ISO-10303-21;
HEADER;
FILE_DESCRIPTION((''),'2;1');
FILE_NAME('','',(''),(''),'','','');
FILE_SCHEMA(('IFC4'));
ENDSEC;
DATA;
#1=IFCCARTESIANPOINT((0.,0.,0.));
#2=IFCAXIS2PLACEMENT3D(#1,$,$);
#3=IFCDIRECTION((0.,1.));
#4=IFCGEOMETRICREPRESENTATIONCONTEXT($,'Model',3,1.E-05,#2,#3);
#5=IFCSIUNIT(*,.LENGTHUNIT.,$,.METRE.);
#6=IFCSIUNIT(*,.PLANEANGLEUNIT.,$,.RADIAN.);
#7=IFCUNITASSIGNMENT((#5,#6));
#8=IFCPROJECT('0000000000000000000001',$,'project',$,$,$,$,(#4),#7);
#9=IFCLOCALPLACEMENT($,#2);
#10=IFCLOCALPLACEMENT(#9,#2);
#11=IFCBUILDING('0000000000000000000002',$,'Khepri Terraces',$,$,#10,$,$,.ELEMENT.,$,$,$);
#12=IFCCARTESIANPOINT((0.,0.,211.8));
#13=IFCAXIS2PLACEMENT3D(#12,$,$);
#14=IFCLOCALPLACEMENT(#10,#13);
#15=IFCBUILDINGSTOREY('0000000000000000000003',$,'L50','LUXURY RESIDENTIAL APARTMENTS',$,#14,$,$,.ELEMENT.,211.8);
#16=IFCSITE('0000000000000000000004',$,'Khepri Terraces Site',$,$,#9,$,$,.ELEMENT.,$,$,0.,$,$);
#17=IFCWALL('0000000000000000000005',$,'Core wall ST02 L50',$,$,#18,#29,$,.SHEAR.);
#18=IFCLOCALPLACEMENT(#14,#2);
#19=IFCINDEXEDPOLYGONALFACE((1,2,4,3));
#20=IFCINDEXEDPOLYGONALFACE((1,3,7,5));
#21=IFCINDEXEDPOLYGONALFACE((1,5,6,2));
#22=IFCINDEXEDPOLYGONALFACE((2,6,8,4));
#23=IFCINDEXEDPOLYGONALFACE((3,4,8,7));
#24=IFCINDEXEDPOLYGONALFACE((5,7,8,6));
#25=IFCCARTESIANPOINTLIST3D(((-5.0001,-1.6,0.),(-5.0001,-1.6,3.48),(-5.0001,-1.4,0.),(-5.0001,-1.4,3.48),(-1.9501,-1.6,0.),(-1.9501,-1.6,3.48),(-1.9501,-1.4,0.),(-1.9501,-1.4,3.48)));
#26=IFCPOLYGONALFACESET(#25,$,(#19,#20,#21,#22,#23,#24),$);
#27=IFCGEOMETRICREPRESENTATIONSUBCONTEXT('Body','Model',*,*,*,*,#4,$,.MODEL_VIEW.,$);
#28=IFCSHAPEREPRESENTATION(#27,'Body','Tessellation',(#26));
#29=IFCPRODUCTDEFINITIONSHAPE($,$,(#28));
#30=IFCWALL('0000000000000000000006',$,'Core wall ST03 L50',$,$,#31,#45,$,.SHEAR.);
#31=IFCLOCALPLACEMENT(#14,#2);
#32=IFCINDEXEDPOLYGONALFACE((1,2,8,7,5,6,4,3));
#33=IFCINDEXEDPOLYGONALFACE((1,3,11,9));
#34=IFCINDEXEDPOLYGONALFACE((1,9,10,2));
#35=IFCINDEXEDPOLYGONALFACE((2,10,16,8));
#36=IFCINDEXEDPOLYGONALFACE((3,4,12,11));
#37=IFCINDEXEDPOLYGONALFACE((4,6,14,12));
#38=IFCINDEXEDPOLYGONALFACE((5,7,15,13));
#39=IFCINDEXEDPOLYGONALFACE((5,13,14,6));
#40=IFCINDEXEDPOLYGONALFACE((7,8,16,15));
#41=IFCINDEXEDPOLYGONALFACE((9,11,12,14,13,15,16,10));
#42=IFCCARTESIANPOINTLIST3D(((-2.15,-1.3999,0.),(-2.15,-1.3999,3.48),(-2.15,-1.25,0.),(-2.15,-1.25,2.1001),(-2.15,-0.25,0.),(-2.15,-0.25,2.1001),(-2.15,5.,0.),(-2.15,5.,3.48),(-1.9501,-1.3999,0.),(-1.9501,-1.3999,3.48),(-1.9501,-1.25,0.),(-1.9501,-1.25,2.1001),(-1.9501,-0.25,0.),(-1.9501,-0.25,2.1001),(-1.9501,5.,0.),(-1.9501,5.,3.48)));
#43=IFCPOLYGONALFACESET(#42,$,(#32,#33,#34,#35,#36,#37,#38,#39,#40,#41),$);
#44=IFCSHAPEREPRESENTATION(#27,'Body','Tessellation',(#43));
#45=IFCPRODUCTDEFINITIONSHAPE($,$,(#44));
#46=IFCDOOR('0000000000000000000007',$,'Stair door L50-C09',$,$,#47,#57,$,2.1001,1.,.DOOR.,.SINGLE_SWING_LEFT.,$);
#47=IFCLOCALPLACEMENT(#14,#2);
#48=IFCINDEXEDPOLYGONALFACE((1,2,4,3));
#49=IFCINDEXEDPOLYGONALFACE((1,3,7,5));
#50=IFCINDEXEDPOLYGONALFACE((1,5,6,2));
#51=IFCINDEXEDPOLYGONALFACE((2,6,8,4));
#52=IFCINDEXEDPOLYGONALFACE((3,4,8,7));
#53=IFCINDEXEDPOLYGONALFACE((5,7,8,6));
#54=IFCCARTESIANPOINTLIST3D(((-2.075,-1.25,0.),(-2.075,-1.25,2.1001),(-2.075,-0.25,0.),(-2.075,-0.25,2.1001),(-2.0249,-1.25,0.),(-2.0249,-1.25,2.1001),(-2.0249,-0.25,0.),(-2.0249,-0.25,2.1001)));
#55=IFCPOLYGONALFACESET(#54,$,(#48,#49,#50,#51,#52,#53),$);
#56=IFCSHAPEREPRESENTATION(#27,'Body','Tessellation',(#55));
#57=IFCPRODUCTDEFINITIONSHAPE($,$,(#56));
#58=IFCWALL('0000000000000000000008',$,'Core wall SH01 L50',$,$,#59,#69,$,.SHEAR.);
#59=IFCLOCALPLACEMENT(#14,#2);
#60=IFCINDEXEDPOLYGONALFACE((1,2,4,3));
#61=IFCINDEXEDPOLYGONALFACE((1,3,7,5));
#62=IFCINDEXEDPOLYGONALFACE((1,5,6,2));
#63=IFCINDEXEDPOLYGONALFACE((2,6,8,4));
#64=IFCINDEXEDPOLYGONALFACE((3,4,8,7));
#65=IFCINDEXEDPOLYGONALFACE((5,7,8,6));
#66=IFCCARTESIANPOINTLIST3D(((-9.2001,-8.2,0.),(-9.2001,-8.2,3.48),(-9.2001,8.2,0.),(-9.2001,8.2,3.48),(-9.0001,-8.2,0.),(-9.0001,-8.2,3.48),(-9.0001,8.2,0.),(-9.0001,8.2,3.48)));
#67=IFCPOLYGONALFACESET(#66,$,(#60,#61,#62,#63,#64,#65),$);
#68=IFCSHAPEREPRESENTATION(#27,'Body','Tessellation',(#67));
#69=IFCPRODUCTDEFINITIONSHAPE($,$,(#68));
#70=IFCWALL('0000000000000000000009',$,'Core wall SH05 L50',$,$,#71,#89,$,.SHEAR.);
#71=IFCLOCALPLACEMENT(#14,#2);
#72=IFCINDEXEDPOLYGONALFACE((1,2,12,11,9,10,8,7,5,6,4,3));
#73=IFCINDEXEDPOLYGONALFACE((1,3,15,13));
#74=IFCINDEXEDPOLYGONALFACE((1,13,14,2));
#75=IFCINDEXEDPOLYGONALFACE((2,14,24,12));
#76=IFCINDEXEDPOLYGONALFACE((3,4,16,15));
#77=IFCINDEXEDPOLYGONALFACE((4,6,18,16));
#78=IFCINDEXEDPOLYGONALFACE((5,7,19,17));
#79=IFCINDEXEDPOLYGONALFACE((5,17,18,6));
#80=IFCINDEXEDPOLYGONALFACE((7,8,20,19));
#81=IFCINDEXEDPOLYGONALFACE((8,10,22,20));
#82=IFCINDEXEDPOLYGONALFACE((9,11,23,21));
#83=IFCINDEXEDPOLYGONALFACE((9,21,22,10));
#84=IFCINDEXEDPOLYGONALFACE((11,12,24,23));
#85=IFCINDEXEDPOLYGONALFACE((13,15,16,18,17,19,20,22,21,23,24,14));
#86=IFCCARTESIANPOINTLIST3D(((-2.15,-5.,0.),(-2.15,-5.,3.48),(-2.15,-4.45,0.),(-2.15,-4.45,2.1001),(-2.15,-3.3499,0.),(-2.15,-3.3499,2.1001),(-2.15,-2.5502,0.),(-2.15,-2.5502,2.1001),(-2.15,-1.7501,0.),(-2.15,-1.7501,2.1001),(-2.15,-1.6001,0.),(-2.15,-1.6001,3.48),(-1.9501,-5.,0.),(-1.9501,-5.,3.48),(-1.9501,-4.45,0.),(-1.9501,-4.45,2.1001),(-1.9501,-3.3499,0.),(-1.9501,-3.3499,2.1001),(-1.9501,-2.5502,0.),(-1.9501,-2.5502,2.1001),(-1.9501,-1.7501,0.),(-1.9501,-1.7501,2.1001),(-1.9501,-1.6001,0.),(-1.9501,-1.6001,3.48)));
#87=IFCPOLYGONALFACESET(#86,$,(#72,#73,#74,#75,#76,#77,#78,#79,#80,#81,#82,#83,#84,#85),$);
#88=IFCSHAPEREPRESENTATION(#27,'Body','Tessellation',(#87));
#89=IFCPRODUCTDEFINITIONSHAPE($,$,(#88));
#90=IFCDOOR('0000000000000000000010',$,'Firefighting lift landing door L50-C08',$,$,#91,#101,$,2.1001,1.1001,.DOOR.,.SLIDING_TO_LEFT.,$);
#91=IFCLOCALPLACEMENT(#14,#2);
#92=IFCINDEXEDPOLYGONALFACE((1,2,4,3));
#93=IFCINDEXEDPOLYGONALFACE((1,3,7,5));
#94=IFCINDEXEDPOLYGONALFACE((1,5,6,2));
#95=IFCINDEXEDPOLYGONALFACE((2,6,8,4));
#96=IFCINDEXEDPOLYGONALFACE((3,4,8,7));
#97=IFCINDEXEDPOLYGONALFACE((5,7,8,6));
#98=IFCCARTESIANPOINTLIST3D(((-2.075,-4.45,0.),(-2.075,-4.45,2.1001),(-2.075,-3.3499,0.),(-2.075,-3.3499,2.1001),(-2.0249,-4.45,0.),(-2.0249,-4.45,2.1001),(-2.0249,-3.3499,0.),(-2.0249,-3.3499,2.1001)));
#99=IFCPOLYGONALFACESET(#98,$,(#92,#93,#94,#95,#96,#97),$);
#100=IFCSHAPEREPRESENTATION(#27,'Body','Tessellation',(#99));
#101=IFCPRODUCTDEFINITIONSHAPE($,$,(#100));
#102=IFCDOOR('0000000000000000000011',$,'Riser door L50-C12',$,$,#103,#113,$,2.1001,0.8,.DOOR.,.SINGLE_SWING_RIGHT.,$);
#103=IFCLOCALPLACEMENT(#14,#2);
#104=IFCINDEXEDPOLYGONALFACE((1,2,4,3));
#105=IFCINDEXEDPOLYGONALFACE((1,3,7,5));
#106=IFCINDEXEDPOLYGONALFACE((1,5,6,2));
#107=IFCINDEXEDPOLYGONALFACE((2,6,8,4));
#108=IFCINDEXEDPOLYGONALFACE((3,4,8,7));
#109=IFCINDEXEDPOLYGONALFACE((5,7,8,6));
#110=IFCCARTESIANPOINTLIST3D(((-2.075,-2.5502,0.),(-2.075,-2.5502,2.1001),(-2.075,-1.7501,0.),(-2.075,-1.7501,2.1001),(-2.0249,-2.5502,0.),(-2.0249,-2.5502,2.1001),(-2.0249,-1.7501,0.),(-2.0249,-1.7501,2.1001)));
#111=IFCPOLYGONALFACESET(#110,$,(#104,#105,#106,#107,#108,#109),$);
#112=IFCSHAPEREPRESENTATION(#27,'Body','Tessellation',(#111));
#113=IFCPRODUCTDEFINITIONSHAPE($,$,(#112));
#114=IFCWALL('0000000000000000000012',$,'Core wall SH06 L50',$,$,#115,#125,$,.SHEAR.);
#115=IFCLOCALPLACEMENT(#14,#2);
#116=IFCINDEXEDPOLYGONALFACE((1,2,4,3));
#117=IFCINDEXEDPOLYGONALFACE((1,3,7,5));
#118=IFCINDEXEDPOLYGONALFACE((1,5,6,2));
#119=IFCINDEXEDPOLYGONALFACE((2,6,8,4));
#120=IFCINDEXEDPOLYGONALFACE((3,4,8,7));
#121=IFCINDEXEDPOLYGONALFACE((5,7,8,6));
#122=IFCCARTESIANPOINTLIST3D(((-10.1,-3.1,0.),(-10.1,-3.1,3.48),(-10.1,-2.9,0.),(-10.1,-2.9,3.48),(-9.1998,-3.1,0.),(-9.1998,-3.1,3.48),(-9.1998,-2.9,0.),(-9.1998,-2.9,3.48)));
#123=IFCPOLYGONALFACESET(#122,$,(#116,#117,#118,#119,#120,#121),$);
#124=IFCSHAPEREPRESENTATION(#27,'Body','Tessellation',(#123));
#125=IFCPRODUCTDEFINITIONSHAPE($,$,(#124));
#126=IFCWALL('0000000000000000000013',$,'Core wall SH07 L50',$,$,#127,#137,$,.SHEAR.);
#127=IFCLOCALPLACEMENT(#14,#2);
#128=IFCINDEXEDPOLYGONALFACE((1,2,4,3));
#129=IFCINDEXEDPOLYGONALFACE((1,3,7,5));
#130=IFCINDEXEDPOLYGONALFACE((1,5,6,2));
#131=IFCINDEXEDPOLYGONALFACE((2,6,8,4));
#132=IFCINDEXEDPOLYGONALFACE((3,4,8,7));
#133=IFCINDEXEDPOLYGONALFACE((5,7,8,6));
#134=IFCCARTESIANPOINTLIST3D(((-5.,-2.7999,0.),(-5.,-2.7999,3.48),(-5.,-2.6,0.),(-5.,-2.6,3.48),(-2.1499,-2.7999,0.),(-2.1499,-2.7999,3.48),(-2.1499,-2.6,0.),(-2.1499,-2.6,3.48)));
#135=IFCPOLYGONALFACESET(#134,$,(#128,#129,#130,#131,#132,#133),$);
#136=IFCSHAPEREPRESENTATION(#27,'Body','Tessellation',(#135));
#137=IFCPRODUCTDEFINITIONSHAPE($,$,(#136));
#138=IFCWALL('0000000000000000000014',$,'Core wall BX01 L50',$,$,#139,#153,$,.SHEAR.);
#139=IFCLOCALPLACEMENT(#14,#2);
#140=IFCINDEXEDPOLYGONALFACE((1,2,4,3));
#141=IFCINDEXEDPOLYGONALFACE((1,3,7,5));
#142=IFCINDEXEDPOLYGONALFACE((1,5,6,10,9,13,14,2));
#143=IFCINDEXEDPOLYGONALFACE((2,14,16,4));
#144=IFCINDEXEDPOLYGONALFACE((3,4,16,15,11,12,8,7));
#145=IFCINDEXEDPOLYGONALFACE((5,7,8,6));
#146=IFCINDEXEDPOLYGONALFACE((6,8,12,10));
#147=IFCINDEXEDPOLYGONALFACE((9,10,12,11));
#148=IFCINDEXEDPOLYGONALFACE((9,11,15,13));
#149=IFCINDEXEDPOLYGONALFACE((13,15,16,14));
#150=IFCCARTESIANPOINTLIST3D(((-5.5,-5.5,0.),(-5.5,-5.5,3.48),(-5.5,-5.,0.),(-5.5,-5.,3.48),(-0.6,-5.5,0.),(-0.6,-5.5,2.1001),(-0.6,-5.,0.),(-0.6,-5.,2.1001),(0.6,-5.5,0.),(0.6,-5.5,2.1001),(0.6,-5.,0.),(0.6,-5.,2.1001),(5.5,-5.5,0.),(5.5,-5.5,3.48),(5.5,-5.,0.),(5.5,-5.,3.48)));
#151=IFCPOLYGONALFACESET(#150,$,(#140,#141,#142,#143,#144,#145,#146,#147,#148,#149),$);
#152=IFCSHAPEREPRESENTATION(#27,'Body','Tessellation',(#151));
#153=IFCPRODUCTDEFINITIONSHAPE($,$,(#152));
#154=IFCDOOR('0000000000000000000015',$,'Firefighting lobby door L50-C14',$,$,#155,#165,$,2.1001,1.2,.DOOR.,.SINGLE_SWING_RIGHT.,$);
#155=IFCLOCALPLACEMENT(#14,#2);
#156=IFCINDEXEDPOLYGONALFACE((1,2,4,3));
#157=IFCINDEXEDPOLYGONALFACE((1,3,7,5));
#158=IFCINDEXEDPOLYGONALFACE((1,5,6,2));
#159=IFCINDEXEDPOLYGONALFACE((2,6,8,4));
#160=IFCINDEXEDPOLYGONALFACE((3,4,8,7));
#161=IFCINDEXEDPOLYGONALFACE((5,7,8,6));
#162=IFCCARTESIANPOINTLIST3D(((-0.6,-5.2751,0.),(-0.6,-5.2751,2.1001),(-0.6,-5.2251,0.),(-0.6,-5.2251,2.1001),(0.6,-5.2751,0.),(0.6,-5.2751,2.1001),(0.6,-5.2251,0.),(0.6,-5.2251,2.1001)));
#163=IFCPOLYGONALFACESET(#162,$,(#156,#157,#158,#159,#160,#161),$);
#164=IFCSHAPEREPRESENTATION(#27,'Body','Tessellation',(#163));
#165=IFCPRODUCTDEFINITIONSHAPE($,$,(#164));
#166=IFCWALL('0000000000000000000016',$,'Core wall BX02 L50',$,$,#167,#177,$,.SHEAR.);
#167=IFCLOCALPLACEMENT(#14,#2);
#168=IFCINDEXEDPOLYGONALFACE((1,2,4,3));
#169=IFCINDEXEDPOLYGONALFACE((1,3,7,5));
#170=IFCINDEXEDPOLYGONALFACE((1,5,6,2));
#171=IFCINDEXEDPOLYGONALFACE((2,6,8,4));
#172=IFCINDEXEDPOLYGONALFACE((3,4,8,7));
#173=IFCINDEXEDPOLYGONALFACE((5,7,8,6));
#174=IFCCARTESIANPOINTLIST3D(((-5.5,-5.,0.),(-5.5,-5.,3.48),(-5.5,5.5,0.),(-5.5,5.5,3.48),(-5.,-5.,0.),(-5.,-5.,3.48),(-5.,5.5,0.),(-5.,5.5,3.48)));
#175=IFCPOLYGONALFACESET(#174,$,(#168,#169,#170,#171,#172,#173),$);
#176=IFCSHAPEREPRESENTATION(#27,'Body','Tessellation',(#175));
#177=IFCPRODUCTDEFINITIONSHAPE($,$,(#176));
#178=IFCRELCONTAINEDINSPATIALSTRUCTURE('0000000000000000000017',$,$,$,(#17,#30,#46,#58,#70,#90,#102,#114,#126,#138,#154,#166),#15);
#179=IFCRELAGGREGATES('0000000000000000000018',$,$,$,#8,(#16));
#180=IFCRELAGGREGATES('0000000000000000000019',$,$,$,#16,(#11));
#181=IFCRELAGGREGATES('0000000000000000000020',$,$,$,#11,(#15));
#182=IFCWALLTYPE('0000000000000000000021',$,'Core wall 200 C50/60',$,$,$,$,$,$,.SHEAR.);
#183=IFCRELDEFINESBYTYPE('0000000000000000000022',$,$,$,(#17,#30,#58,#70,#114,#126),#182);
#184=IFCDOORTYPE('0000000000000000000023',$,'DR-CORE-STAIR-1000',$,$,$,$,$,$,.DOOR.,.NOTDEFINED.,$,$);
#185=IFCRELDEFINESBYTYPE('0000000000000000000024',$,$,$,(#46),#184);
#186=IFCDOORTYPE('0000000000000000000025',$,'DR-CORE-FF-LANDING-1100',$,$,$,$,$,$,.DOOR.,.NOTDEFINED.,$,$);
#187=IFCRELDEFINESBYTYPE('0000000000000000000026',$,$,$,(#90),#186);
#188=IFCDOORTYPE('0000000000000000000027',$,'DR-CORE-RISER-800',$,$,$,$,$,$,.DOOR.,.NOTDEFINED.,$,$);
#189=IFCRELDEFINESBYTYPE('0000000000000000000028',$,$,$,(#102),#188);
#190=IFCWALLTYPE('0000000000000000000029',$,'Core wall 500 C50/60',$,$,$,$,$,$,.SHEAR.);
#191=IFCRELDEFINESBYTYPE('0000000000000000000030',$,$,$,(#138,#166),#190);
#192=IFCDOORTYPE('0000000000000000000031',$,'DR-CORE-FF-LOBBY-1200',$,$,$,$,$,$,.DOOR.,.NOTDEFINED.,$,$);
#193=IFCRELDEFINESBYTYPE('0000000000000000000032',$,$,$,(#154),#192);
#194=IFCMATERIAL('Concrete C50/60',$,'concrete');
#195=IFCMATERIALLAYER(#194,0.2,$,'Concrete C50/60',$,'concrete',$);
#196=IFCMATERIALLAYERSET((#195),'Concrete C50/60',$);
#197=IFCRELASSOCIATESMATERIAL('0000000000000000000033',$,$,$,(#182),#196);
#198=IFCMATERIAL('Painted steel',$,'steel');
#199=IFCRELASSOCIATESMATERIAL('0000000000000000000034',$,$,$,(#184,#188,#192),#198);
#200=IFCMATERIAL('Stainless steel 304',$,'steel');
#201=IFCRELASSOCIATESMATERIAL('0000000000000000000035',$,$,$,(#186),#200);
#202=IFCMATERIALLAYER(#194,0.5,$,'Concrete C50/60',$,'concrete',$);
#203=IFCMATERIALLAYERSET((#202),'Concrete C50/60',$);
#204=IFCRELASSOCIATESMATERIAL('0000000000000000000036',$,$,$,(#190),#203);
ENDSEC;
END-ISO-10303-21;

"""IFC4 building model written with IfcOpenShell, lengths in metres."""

from ifc_helpers import new_model, si_unit, direction, frame, frame_2d, origin, place, context, subcontext, project, spatial, rectangle, extrude, material, layer, layer_set, type_object, element, fill, save


model = new_model("IFC4")

# Units and contexts
model_context = context("Model", 3, precision=1e-05, world=origin(), true_north=direction((0.0, 1.0)))
body_context = subcontext(model_context, "Body", "Model", "MODEL_VIEW")
ifc_project = project(units=[si_unit("LENGTHUNIT", "METRE"), si_unit("PLANEANGLEUNIT", "RADIAN")], contexts=[model_context])

# Site, building, storey
site_placement = place(None, origin())
site = spatial("IfcSite", under=ifc_project, at=site_placement, Name="Khepri Terraces Site", CompositionType="ELEMENT", RefElevation=0.0)
building_placement = place(site_placement, origin())
building = spatial("IfcBuilding", under=site, at=building_placement, Name="Khepri Terraces", CompositionType="ELEMENT")
storey_placement = place(building_placement, frame((0.0, 0.0, 211.8)))
storey = spatial("IfcBuildingStorey", under=building, at=storey_placement, Name="L50", Description="LUXURY RESIDENTIAL APARTMENTS", CompositionType="ELEMENT", Elevation=211.8)

# Wall
ifc_material_1 = material(Name="Concrete C50/60", Category="concrete")
ifc_layer_1 = layer(ifc_material_1, 0.2, Name="Concrete C50/60", Category="concrete")
ifc_layer_set_1 = layer_set([ifc_layer_1], Name="Concrete C50/60")
wall_type_1 = type_object("IfcWallType", Name="Core wall 200 C50/60", PredefinedType="SHEAR", material=ifc_layer_set_1)
wall_1_placement = place(storey_placement, frame((-5.0, -1.5, 0.0), z_axis=(0.0, 0.0, 1.0), x_axis=(1.0, 0.0, 0.0)))
element("IfcWall", 1, at=wall_1_placement, inside=storey, type_object=wall_type_1, Name="Core wall ST02 L50", PredefinedType="SHEAR", context=body_context, shape_type="SweptSolid", body=[
    extrude(rectangle(XDim=3.05, YDim=0.2, at=frame_2d((1.5249, 0.0))), origin(), (0.0, 0.0, 1.0), 3.48),
])

# Wall, opening, door
wall_2_placement = place(storey_placement, frame((-2.05, -1.3999, 0.0), z_axis=(0.0, 0.0, 1.0), x_axis=(0.0, 1.0, 0.0)))
wall_2 = element("IfcWall", 2, at=wall_2_placement, inside=storey, type_object=wall_type_1, Name="Core wall ST03 L50", PredefinedType="SHEAR", context=body_context, shape_type="SweptSolid", body=[
    extrude(rectangle(XDim=6.3999, YDim=0.2, at=frame_2d((3.2, 0.0))), origin(), (0.0, 0.0, 1.0), 3.48),
])
opening_1_placement = place(wall_2_placement, frame((0.1499, 0.0, 0.0)))
opening_1 = element("IfcOpeningElement", 3, at=opening_1_placement, cuts=wall_2, PredefinedType="OPENING", context=body_context, shape_type="SweptSolid", body=[
    extrude(rectangle(XDim=1.0, YDim=2.1001, at=frame_2d((0.5, 1.05))), frame((0.0, 0.1099, 0.0), z_axis=(0.0, -1.0, 0.0), x_axis=(1.0, 0.0, 0.0)), (0.0, 0.0, 1.0), 0.22),
])
ifc_material_2 = material(Name="Painted steel", Category="steel")
door_type_1 = type_object("IfcDoorType", Name="DR-CORE-STAIR-1000", OperationType="NOTDEFINED", PredefinedType="DOOR", material=ifc_material_2)
door_1_placement = place(opening_1_placement, origin())
door_1 = element("IfcDoor", 4, at=door_1_placement, inside=storey, type_object=door_type_1, Name="Stair door L50-C09", OperationType="SINGLE_SWING_LEFT", OverallHeight=2.1001, OverallWidth=1.0, PredefinedType="DOOR", context=body_context, shape_type="SweptSolid", body=[
    extrude(rectangle(XDim=1.0, YDim=2.1001, at=frame_2d((0.5, 1.05))), frame((0.0, 0.0249, 0.0), z_axis=(0.0, -1.0, 0.0), x_axis=(1.0, 0.0, 0.0)), (0.0, 0.0, 1.0), 0.05),
])
fill(opening_1, door_1)

# Wall
wall_3_placement = place(storey_placement, frame((-9.1001, -8.2, 0.0), z_axis=(0.0, 0.0, 1.0), x_axis=(0.0, 1.0, 0.0)))
element("IfcWall", 5, at=wall_3_placement, inside=storey, type_object=wall_type_1, Name="Core wall SH01 L50", PredefinedType="SHEAR", context=body_context, shape_type="SweptSolid", body=[
    extrude(rectangle(XDim=16.3999, YDim=0.2, at=frame_2d((8.2, 0.0))), origin(), (0.0, 0.0, 1.0), 3.48),
])

# Wall, openings, doors
wall_4_placement = place(storey_placement, frame((-2.05, -5.0, 0.0), z_axis=(0.0, 0.0, 1.0), x_axis=(0.0, 1.0, 0.0)))
wall_4 = element("IfcWall", 6, at=wall_4_placement, inside=storey, type_object=wall_type_1, Name="Core wall SH05 L50", PredefinedType="SHEAR", context=body_context, shape_type="SweptSolid", body=[
    extrude(rectangle(XDim=3.3999, YDim=0.2, at=frame_2d((1.7, 0.0))), origin(), (0.0, 0.0, 1.0), 3.48),
])
opening_2_placement = place(wall_4_placement, frame((0.55, 0.0, 0.0)))
opening_2 = element("IfcOpeningElement", 7, at=opening_2_placement, cuts=wall_4, PredefinedType="OPENING", context=body_context, shape_type="SweptSolid", body=[
    extrude(rectangle(XDim=1.1001, YDim=2.1001, at=frame_2d((0.55, 1.05))), frame((0.0, 0.1099, 0.0), z_axis=(0.0, -1.0, 0.0), x_axis=(1.0, 0.0, 0.0)), (0.0, 0.0, 1.0), 0.22),
])
opening_3_placement = place(wall_4_placement, frame((2.45, 0.0, 0.0)))
opening_3 = element("IfcOpeningElement", 8, at=opening_3_placement, cuts=wall_4, PredefinedType="OPENING", context=body_context, shape_type="SweptSolid", body=[
    extrude(rectangle(XDim=0.8, YDim=2.1001, at=frame_2d((0.3999, 1.05))), frame((0.0, 0.1099, 0.0), z_axis=(0.0, -1.0, 0.0), x_axis=(1.0, 0.0, 0.0)), (0.0, 0.0, 1.0), 0.22),
])
ifc_material_3 = material(Name="Stainless steel 304", Category="steel")
door_type_2 = type_object("IfcDoorType", Name="DR-CORE-FF-LANDING-1100", OperationType="NOTDEFINED", PredefinedType="DOOR", material=ifc_material_3)
door_2_placement = place(opening_2_placement, origin())
door_2 = element("IfcDoor", 9, at=door_2_placement, inside=storey, type_object=door_type_2, Name="Firefighting lift landing door L50-C08", OperationType="SLIDING_TO_LEFT", OverallHeight=2.1001, OverallWidth=1.1001, PredefinedType="DOOR", context=body_context, shape_type="SweptSolid", body=[
    extrude(rectangle(XDim=1.1001, YDim=2.1001, at=frame_2d((0.55, 1.05))), frame((0.0, 0.0249, 0.0), z_axis=(0.0, -1.0, 0.0), x_axis=(1.0, 0.0, 0.0)), (0.0, 0.0, 1.0), 0.05),
])
fill(opening_2, door_2)
door_type_3 = type_object("IfcDoorType", Name="DR-CORE-RISER-800", OperationType="NOTDEFINED", PredefinedType="DOOR", material=ifc_material_2)
door_3_placement = place(opening_3_placement, origin())
door_3 = element("IfcDoor", 10, at=door_3_placement, inside=storey, type_object=door_type_3, Name="Riser door L50-C12", OperationType="SINGLE_SWING_RIGHT", OverallHeight=2.1001, OverallWidth=0.8, PredefinedType="DOOR", context=body_context, shape_type="SweptSolid", body=[
    extrude(rectangle(XDim=0.8, YDim=2.1001, at=frame_2d((0.3999, 1.05))), frame((0.0, 0.0249, 0.0), z_axis=(0.0, -1.0, 0.0), x_axis=(1.0, 0.0, 0.0)), (0.0, 0.0, 1.0), 0.05),
])
fill(opening_3, door_3)

# Walls
wall_5_placement = place(storey_placement, frame((-10.1001, -3.0, 0.0), z_axis=(0.0, 0.0, 1.0), x_axis=(1.0, 0.0, 0.0)))
element("IfcWall", 11, at=wall_5_placement, inside=storey, type_object=wall_type_1, Name="Core wall SH06 L50", PredefinedType="SHEAR", context=body_context, shape_type="SweptSolid", body=[
    extrude(rectangle(XDim=0.9001, YDim=0.2, at=frame_2d((0.4502, 0.0))), origin(), (0.0, 0.0, 1.0), 3.48),
])
wall_6_placement = place(storey_placement, frame((-5.0, -2.7, 0.0), z_axis=(0.0, 0.0, 1.0), x_axis=(1.0, 0.0, 0.0)))
element("IfcWall", 12, at=wall_6_placement, inside=storey, type_object=wall_type_1, Name="Core wall SH07 L50", PredefinedType="SHEAR", context=body_context, shape_type="SweptSolid", body=[
    extrude(rectangle(XDim=2.8501, YDim=0.2, at=frame_2d((1.425, 0.0))), origin(), (0.0, 0.0, 1.0), 3.48),
])

# Wall, opening, door
ifc_layer_2 = layer(ifc_material_1, 0.5, Name="Concrete C50/60", Category="concrete")
ifc_layer_set_2 = layer_set([ifc_layer_2], Name="Concrete C50/60")
wall_type_2 = type_object("IfcWallType", Name="Core wall 500 C50/60", PredefinedType="SHEAR", material=ifc_layer_set_2)
wall_7_placement = place(storey_placement, frame((-5.5, -5.25, 0.0), z_axis=(0.0, 0.0, 1.0), x_axis=(1.0, 0.0, 0.0)))
wall_7 = element("IfcWall", 13, at=wall_7_placement, inside=storey, type_object=wall_type_2, Name="Core wall BX01 L50", PredefinedType="SHEAR", context=body_context, shape_type="SweptSolid", body=[
    extrude(rectangle(XDim=11.0, YDim=0.5, at=frame_2d((5.5, 0.0))), origin(), (0.0, 0.0, 1.0), 3.48),
])
opening_4_placement = place(wall_7_placement, frame((4.8999, 0.0, 0.0)))
opening_4 = element("IfcOpeningElement", 14, at=opening_4_placement, cuts=wall_7, PredefinedType="OPENING", context=body_context, shape_type="SweptSolid", body=[
    extrude(rectangle(XDim=1.2, YDim=2.1001, at=frame_2d((0.6001, 1.05))), frame((0.0, 0.26, 0.0), z_axis=(0.0, -1.0, 0.0), x_axis=(1.0, 0.0, 0.0)), (0.0, 0.0, 1.0), 0.52),
])
door_type_4 = type_object("IfcDoorType", Name="DR-CORE-FF-LOBBY-1200", OperationType="NOTDEFINED", PredefinedType="DOOR", material=ifc_material_2)
door_4_placement = place(opening_4_placement, origin())
door_4 = element("IfcDoor", 15, at=door_4_placement, inside=storey, type_object=door_type_4, Name="Firefighting lobby door L50-C14", OperationType="SINGLE_SWING_RIGHT", OverallHeight=2.1001, OverallWidth=1.2, PredefinedType="DOOR", context=body_context, shape_type="SweptSolid", body=[
    extrude(rectangle(XDim=1.2, YDim=2.1001, at=frame_2d((0.6001, 1.05))), frame((0.0, 0.0249, 0.0), z_axis=(0.0, -1.0, 0.0), x_axis=(1.0, 0.0, 0.0)), (0.0, 0.0, 1.0), 0.05),
])
fill(opening_4, door_4)

# Wall
wall_8_placement = place(storey_placement, frame((-5.25, -5.0, 0.0), z_axis=(0.0, 0.0, 1.0), x_axis=(0.0, 1.0, 0.0)))
element("IfcWall", 16, at=wall_8_placement, inside=storey, type_object=wall_type_2, Name="Core wall BX02 L50", PredefinedType="SHEAR", context=body_context, shape_type="SweptSolid", body=[
    extrude(rectangle(XDim=10.5, YDim=0.5, at=frame_2d((5.25, 0.0))), origin(), (0.0, 0.0, 1.0), 3.48),
])

save(model, "model.ifc")
